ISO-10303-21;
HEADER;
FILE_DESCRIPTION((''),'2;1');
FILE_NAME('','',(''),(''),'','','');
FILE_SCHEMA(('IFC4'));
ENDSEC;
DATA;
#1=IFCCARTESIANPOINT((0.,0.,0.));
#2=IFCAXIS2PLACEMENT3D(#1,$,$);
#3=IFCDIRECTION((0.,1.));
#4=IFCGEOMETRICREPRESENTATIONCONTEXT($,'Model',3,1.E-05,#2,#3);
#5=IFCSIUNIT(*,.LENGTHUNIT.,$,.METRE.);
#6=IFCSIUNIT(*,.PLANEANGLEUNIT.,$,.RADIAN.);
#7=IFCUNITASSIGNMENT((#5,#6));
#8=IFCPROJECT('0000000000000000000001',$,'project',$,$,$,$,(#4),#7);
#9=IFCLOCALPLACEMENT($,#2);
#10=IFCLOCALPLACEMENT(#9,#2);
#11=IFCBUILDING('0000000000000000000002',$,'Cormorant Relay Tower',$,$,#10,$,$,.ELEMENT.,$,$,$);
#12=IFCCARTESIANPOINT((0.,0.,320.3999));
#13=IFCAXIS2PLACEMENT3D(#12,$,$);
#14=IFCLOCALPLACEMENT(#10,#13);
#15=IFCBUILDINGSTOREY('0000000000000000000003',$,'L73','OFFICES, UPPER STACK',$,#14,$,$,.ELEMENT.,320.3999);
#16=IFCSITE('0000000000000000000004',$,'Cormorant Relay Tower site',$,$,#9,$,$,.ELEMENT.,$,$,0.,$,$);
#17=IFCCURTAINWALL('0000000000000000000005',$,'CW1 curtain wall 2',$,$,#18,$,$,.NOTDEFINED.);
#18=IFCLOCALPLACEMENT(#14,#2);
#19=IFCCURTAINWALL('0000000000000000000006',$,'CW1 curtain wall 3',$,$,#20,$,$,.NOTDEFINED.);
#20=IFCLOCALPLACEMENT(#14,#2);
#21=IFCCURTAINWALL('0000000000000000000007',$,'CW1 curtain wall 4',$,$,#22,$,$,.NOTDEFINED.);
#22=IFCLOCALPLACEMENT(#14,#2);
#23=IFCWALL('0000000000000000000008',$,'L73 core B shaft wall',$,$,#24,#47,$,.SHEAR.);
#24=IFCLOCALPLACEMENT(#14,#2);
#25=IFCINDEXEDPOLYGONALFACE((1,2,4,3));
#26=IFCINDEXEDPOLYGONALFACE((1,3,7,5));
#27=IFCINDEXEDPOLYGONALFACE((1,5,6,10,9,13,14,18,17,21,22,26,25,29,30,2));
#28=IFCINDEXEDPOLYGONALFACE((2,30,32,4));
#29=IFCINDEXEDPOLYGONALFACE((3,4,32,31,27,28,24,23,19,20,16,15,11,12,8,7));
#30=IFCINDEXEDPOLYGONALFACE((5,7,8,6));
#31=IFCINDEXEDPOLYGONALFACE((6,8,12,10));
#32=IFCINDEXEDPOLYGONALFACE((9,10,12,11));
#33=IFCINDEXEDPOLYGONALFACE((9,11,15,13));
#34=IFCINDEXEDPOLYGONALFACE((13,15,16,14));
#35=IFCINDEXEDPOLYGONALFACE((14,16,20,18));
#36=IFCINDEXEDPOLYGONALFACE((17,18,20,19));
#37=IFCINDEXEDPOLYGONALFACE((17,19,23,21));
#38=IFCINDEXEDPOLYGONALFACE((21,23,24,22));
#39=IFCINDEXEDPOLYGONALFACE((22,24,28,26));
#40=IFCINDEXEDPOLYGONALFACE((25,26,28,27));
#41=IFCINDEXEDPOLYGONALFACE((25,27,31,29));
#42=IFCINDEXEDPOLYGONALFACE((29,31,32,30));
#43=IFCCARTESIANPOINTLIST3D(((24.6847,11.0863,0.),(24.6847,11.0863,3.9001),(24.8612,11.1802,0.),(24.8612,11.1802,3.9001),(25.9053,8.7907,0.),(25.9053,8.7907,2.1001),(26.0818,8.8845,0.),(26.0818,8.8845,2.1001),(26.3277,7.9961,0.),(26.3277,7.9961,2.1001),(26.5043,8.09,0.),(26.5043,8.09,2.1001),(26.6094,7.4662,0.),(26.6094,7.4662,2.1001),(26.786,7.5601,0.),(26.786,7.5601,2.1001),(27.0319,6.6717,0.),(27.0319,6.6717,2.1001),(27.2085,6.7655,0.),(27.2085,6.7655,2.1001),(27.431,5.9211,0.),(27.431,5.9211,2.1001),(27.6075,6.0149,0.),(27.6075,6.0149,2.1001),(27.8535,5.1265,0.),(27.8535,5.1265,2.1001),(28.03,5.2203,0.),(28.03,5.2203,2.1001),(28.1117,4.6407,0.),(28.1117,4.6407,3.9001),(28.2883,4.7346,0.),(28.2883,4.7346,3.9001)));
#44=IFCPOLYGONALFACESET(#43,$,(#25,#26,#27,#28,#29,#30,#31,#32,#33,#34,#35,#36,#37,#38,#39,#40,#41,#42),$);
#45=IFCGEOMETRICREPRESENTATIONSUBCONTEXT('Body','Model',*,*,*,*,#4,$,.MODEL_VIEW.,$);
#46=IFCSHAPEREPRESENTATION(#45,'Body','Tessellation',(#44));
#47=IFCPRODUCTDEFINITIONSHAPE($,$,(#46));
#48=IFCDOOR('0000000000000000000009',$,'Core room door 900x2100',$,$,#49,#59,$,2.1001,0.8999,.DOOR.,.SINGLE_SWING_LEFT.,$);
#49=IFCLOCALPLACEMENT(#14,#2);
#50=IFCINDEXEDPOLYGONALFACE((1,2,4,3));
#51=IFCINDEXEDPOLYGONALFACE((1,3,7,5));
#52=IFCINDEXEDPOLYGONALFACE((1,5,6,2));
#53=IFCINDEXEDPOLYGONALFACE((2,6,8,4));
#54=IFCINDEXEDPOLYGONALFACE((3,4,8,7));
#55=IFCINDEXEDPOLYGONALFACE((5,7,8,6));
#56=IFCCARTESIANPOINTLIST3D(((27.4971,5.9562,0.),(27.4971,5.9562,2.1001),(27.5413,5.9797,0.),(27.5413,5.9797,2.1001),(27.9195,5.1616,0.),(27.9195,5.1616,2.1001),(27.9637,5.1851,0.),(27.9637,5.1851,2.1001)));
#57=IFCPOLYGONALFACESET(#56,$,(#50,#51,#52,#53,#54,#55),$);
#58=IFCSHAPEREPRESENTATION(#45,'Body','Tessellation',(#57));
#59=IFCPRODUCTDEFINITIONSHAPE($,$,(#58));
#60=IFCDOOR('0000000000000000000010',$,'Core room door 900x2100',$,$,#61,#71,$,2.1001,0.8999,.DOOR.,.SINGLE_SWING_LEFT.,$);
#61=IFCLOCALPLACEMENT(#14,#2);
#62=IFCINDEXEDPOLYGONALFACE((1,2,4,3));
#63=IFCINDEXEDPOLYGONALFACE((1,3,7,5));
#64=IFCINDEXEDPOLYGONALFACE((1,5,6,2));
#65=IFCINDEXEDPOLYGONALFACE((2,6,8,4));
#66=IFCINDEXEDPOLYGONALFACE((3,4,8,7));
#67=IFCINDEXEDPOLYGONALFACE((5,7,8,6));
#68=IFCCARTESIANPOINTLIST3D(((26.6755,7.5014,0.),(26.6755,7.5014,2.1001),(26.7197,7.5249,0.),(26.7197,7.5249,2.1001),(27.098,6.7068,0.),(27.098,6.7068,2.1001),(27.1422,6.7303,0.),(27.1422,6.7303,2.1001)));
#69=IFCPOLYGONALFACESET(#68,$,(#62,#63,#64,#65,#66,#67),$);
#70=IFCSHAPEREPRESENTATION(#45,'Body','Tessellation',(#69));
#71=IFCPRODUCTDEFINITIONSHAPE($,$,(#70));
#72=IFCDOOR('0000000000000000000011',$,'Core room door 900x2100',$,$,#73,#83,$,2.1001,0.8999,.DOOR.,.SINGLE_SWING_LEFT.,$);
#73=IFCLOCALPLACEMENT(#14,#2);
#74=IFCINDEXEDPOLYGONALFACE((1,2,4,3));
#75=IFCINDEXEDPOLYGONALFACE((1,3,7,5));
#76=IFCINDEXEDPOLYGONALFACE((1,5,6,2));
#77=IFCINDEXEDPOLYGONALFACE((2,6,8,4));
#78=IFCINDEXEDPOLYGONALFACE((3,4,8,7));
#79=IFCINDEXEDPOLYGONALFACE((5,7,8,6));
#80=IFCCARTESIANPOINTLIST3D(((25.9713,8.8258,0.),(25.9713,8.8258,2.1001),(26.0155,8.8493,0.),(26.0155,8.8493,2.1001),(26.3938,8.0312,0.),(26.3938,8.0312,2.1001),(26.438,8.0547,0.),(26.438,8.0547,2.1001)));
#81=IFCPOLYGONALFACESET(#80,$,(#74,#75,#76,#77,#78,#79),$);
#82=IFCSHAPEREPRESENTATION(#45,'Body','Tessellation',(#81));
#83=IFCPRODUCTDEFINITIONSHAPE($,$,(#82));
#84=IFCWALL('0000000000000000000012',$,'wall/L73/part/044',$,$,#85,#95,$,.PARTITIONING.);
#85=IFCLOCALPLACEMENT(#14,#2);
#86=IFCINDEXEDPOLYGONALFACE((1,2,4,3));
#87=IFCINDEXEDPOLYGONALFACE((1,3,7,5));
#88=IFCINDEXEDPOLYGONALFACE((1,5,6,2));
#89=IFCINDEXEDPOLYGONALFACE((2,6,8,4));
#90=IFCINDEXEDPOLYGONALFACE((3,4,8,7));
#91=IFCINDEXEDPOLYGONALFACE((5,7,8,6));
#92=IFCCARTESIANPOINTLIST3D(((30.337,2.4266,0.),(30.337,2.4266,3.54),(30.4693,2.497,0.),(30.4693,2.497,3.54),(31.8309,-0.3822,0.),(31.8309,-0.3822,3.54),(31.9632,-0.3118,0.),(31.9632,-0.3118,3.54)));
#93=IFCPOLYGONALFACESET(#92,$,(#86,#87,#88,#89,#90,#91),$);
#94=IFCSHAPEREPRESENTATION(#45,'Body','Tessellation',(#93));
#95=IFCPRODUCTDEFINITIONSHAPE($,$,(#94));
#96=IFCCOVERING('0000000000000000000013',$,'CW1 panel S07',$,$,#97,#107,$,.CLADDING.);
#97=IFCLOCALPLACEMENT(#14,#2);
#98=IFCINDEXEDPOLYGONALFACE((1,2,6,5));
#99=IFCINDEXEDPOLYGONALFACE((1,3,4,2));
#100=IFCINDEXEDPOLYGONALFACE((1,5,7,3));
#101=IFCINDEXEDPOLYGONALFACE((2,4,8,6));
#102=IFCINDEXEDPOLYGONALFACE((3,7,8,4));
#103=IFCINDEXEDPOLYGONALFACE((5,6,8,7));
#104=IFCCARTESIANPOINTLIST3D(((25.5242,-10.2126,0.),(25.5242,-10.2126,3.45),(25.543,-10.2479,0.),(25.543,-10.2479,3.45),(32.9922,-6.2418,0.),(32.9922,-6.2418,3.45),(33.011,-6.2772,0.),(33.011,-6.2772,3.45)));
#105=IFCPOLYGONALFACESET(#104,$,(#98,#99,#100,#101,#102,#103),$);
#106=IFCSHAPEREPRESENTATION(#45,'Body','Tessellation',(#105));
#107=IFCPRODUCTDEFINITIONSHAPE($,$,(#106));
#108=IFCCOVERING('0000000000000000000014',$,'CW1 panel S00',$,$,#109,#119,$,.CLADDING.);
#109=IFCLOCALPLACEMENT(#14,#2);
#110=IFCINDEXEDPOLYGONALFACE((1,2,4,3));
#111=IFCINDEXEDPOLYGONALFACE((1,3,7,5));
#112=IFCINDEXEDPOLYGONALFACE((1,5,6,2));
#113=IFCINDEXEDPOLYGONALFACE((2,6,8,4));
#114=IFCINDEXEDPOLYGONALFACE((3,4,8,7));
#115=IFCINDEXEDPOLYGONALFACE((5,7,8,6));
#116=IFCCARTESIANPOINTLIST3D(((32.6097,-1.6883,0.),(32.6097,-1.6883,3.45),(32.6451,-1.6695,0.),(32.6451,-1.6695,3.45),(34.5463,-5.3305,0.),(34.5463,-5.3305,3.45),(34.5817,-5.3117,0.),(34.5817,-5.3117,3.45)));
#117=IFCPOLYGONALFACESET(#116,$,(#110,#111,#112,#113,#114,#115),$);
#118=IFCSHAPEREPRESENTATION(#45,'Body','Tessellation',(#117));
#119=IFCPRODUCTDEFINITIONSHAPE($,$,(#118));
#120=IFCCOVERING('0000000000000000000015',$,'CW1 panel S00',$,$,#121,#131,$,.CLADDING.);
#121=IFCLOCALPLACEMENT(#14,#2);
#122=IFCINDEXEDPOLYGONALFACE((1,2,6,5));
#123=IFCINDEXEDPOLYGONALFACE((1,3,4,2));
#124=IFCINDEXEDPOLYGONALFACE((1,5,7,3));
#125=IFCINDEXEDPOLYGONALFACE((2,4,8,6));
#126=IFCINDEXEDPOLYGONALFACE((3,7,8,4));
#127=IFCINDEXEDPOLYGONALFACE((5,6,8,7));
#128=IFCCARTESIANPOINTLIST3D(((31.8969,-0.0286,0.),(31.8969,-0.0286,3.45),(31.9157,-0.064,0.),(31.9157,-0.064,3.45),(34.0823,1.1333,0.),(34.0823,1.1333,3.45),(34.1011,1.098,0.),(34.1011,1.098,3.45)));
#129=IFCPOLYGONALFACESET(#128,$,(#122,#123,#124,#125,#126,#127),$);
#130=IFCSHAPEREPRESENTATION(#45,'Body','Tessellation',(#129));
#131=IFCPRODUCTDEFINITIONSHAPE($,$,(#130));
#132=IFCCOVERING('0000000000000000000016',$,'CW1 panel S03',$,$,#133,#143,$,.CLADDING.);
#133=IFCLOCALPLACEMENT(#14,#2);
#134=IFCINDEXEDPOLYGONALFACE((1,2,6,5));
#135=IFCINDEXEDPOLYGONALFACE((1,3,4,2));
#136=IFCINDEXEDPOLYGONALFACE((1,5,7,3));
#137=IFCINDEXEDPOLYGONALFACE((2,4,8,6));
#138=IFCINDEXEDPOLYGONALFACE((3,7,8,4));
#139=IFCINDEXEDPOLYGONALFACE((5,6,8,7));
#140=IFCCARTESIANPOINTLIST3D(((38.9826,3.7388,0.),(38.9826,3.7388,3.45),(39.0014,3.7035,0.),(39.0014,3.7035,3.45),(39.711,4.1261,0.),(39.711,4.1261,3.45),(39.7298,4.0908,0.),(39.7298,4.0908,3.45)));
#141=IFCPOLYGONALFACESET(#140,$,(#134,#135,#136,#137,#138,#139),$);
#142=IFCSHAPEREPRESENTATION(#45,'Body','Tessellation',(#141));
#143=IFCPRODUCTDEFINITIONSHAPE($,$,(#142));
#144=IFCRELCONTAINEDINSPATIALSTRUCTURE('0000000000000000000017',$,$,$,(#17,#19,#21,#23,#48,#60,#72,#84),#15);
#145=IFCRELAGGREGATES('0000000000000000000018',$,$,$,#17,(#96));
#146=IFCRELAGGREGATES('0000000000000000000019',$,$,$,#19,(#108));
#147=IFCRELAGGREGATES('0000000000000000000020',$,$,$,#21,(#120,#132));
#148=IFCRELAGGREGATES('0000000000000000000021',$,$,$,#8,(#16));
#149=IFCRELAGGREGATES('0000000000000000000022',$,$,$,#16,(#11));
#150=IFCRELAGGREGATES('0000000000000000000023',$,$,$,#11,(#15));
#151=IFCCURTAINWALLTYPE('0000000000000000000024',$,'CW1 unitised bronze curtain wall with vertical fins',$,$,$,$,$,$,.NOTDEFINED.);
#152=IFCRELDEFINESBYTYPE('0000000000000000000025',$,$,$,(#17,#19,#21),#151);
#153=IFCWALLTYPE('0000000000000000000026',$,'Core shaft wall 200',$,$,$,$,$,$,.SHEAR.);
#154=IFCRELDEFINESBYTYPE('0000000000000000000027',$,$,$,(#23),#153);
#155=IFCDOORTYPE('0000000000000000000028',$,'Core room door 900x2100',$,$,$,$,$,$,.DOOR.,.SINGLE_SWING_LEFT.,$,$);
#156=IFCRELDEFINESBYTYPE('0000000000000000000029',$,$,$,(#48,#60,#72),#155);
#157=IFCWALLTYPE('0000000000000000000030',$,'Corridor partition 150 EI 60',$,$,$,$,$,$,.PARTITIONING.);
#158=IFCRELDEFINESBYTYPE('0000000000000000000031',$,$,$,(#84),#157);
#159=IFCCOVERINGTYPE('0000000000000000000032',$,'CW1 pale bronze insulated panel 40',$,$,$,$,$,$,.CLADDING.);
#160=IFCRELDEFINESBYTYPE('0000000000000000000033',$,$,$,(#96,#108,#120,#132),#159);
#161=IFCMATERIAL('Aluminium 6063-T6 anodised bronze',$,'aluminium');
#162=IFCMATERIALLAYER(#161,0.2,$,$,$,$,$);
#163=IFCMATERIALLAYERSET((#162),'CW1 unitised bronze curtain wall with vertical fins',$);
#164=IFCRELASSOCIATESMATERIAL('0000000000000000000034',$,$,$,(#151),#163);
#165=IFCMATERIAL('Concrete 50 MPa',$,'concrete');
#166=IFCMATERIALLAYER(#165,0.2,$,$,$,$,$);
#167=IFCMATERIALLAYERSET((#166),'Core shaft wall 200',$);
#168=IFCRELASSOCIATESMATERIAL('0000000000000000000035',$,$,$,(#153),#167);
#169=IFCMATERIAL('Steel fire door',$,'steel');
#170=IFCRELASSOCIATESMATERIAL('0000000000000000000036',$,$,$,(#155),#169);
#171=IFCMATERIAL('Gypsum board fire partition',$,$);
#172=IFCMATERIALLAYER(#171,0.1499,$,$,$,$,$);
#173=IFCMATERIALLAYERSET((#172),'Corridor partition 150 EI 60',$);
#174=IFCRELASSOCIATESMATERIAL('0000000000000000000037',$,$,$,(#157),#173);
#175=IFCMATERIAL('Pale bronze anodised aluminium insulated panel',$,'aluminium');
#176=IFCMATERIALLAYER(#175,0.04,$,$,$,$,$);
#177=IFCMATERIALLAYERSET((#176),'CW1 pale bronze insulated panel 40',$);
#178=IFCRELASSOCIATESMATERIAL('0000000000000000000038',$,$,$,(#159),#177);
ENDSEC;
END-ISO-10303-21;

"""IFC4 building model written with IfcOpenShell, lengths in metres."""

from ifc_helpers import new_model, si_unit, direction, frame, frame_2d, origin, origin_2d, place, context, subcontext, project, spatial, rectangle, extrude, material, layer, layer_set, type_object, element, fill, aggregate, save


model = new_model("IFC4")

# Units and contexts
model_context = context("Model", 3, precision=1e-05, world=origin(), true_north=direction((0.0, 1.0)))
body_context = subcontext(model_context, "Body", "Model", "MODEL_VIEW")
ifc_project = project(units=[si_unit("LENGTHUNIT", "METRE"), si_unit("PLANEANGLEUNIT", "RADIAN")], contexts=[model_context])

# Site, building, storey
site_placement = place(None, origin())
site = spatial("IfcSite", under=ifc_project, at=site_placement, Name="Cormorant Relay Tower site", CompositionType="ELEMENT", RefElevation=0.0)
building_placement = place(site_placement, origin())
building = spatial("IfcBuilding", under=site, at=building_placement, Name="Cormorant Relay Tower", CompositionType="ELEMENT")
storey_placement = place(building_placement, frame((0.0, 0.0, 320.3999)))
storey = spatial("IfcBuildingStorey", under=building, at=storey_placement, Name="L73", Description="OFFICES, UPPER STACK", CompositionType="ELEMENT", Elevation=320.3999)

# Curtain wall
ifc_material_1 = material(Name="Aluminium 6063-T6 anodised bronze", Category="aluminium")
ifc_layer_1 = layer(ifc_material_1, 0.2)
ifc_layer_set_1 = layer_set([ifc_layer_1], Name="CW1 unitised bronze curtain wall with vertical fins")
curtain_wall_type = type_object("IfcCurtainWallType", Name="CW1 unitised bronze curtain wall with vertical fins", PredefinedType="NOTDEFINED", material=ifc_layer_set_1)
curtain_wall_1_placement = place(storey_placement, origin())
curtain_wall_1 = element("IfcCurtainWall", 1, at=curtain_wall_1_placement, inside=storey, type_object=curtain_wall_type, Name="CW1 curtain wall 2", PredefinedType="NOTDEFINED")

# Curtain wall
curtain_wall_2_placement = place(storey_placement, origin())
curtain_wall_2 = element("IfcCurtainWall", 2, at=curtain_wall_2_placement, inside=storey, type_object=curtain_wall_type, Name="CW1 curtain wall 3", PredefinedType="NOTDEFINED")

# Curtain wall
curtain_wall_3_placement = place(storey_placement, origin())
curtain_wall_3 = element("IfcCurtainWall", 3, at=curtain_wall_3_placement, inside=storey, type_object=curtain_wall_type, Name="CW1 curtain wall 4", PredefinedType="NOTDEFINED")

# Shared definitions
ifc_material_2 = material(Name="Concrete 50 MPa", Category="concrete")
ifc_layer_2 = layer(ifc_material_2, 0.2)
ifc_layer_set_2 = layer_set([ifc_layer_2], Name="Core shaft wall 200")
wall_type_1 = type_object("IfcWallType", Name="Core shaft wall 200", PredefinedType="SHEAR", material=ifc_layer_set_2)

# Wall, openings, doors
wall_1_placement = place(storey_placement, frame((28.2, 4.6877, 0.0), z_axis=(0.0, 0.0, 1.0), x_axis=(-0.469454, 0.882957, 0.0)))
wall_1 = element("IfcWall", 4, at=wall_1_placement, inside=storey, type_object=wall_type_1, Name="L73 core B shaft wall", PredefinedType="SHEAR", context=body_context, shape_type="SweptSolid", body=[
    extrude(rectangle(XDim=7.3, YDim=0.2, at=frame_2d((3.6499, 0.0))), origin(), (0.0, 0.0, 1.0), 3.9001),
])
opening_1_placement = place(wall_1_placement, frame((0.55, 0.0, 0.0)))
opening_1 = element("IfcOpeningElement", 5, at=opening_1_placement, cuts=wall_1, PredefinedType="OPENING", context=body_context, shape_type="SweptSolid", body=[
    extrude(rectangle(XDim=0.8999, YDim=2.1001, at=frame_2d((0.45, 1.05))), frame((0.0, 0.1099, 0.0), z_axis=(0.0, -1.0, 0.0), x_axis=(1.0, 0.0, 0.0)), (0.0, 0.0, 1.0), 0.22),
])
opening_2_placement = place(wall_1_placement, frame((2.3, 0.0, 0.0)))
opening_2 = element("IfcOpeningElement", 6, at=opening_2_placement, cuts=wall_1, PredefinedType="OPENING", context=body_context, shape_type="SweptSolid", body=[
    extrude(rectangle(XDim=0.8999, YDim=2.1001, at=frame_2d((0.45, 1.05))), frame((0.0, 0.1099, 0.0), z_axis=(0.0, -1.0, 0.0), x_axis=(1.0, 0.0, 0.0)), (0.0, 0.0, 1.0), 0.22),
])
opening_3_placement = place(wall_1_placement, frame((3.8, 0.0, 0.0)))
opening_3 = element("IfcOpeningElement", 7, at=opening_3_placement, cuts=wall_1, PredefinedType="OPENING", context=body_context, shape_type="SweptSolid", body=[
    extrude(rectangle(XDim=0.8999, YDim=2.1001, at=frame_2d((0.45, 1.05))), frame((0.0, 0.1099, 0.0), z_axis=(0.0, -1.0, 0.0), x_axis=(1.0, 0.0, 0.0)), (0.0, 0.0, 1.0), 0.22),
])
ifc_material_3 = material(Name="Steel fire door", Category="steel")
door_type_1 = type_object("IfcDoorType", Name="Core room door 900x2100", OperationType="SINGLE_SWING_LEFT", PredefinedType="DOOR", material=ifc_material_3)
door_1_placement = place(opening_1_placement, frame((0.8999, 0.0, 0.0), z_axis=(0.0, 0.0, 1.0), x_axis=(-1.0, 0.0, 0.0)))
door_1 = element("IfcDoor", 8, at=door_1_placement, inside=storey, type_object=door_type_1, Name="Core room door 900x2100", OperationType="SINGLE_SWING_LEFT", OverallHeight=2.1001, OverallWidth=0.8999, PredefinedType="DOOR", context=body_context, shape_type="SweptSolid", body=[
    extrude(rectangle(XDim=0.8999, YDim=2.1001, at=frame_2d((0.45, 1.05))), frame((0.0, 0.0249, 0.0), z_axis=(0.0, -1.0, 0.0), x_axis=(1.0, 0.0, 0.0)), (0.0, 0.0, 1.0), 0.05),
])
fill(opening_1, door_1)
door_2_placement = place(opening_2_placement, frame((0.8999, 0.0, 0.0), z_axis=(0.0, 0.0, 1.0), x_axis=(-1.0, 0.0, 0.0)))
door_2 = element("IfcDoor", 9, at=door_2_placement, inside=storey, type_object=door_type_1, Name="Core room door 900x2100", OperationType="SINGLE_SWING_LEFT", OverallHeight=2.1001, OverallWidth=0.8999, PredefinedType="DOOR", context=body_context, shape_type="SweptSolid", body=[
    extrude(rectangle(XDim=0.8999, YDim=2.1001, at=frame_2d((0.45, 1.05))), frame((0.0, 0.0249, 0.0), z_axis=(0.0, -1.0, 0.0), x_axis=(1.0, 0.0, 0.0)), (0.0, 0.0, 1.0), 0.05),
])
fill(opening_2, door_2)
door_3_placement = place(opening_3_placement, frame((0.8999, 0.0, 0.0), z_axis=(0.0, 0.0, 1.0), x_axis=(-1.0, 0.0, 0.0)))
door_3 = element("IfcDoor", 10, at=door_3_placement, inside=storey, type_object=door_type_1, Name="Core room door 900x2100", OperationType="SINGLE_SWING_LEFT", OverallHeight=2.1001, OverallWidth=0.8999, PredefinedType="DOOR", context=body_context, shape_type="SweptSolid", body=[
    extrude(rectangle(XDim=0.8999, YDim=2.1001, at=frame_2d((0.45, 1.05))), frame((0.0, 0.0249, 0.0), z_axis=(0.0, -1.0, 0.0), x_axis=(1.0, 0.0, 0.0)), (0.0, 0.0, 1.0), 0.05),
])
fill(opening_3, door_3)

# Wall
ifc_material_4 = material(Name="Gypsum board fire partition")
ifc_layer_3 = layer(ifc_material_4, 0.1499)
ifc_layer_set_3 = layer_set([ifc_layer_3], Name="Corridor partition 150 EI 60")
wall_type_2 = type_object("IfcWallType", Name="Corridor partition 150 EI 60", PredefinedType="PARTITIONING", material=ifc_layer_set_3)
wall_2_placement = place(storey_placement, frame((30.4031, 2.4619, 0.0), z_axis=(0.0, 0.0, 1.0), x_axis=(0.469572, -0.882894, 0.0)))
element("IfcWall", 11, at=wall_2_placement, inside=storey, type_object=wall_type_2, Name="wall/L73/part/044", PredefinedType="PARTITIONING", context=body_context, shape_type="SweptSolid", body=[
    extrude(rectangle(XDim=3.1814, YDim=0.1499, at=frame_2d((1.5908, 0.0))), origin(), (0.0, 0.0, 1.0), 3.54),
])

# Coverings
ifc_material_5 = material(Name="Pale bronze anodised aluminium insulated panel", Category="aluminium")
ifc_layer_4 = layer(ifc_material_5, 0.04)
ifc_layer_set_4 = layer_set([ifc_layer_4], Name="CW1 pale bronze insulated panel 40")
covering_type = type_object("IfcCoveringType", Name="CW1 pale bronze insulated panel 40", PredefinedType="CLADDING", material=ifc_layer_set_4)
covering_1_placement = place(storey_placement, frame((29.2676, -8.2449, 0.0), z_axis=(0.0, 0.0, 1.0), x_axis=(0.882948, 0.469472, 0.0)))
covering_1 = element("IfcCovering", 12, at=covering_1_placement, type_object=covering_type, Name="CW1 panel S07", PredefinedType="CLADDING", context=body_context, shape_type="SweptSolid", body=[
    extrude(rectangle(XDim=8.458, YDim=0.04, at=origin_2d()), origin(), (0.0, 0.0, 1.0), 3.45),
])
aggregate(curtain_wall_1, [covering_1])
covering_2_placement = place(storey_placement, frame((33.5957, -3.5, 0.0), z_axis=(0.0, 0.0, 1.0), x_axis=(-0.469472, 0.882948, 0.0)))
covering_2 = element("IfcCovering", 13, at=covering_2_placement, type_object=covering_type, Name="CW1 panel S00", PredefinedType="CLADDING", context=body_context, shape_type="SweptSolid", body=[
    extrude(rectangle(XDim=4.125, YDim=0.04, at=origin_2d()), origin(), (0.0, 0.0, 1.0), 3.45),
])
aggregate(curtain_wall_2, [covering_2])
covering_3_placement = place(storey_placement, frame((32.999, 0.5347, 0.0), z_axis=(0.0, 0.0, 1.0), x_axis=(0.882948, 0.469472, 0.0)))
covering_3 = element("IfcCovering", 14, at=covering_3_placement, type_object=covering_type, Name="CW1 panel S00", PredefinedType="CLADDING", context=body_context, shape_type="SweptSolid", body=[
    extrude(rectangle(XDim=2.4751, YDim=0.04, at=origin_2d()), origin(), (0.0, 0.0, 1.0), 3.45),
])
covering_4_placement = place(storey_placement, frame((39.3562, 3.9148, 0.0), z_axis=(0.0, 0.0, 1.0), x_axis=(0.882948, 0.469472, 0.0)))
covering_4 = element("IfcCovering", 15, at=covering_4_placement, type_object=covering_type, Name="CW1 panel S03", PredefinedType="CLADDING", context=body_context, shape_type="SweptSolid", body=[
    extrude(rectangle(XDim=0.825, YDim=0.04, at=origin_2d()), origin(), (0.0, 0.0, 1.0), 3.45),
])
aggregate(curtain_wall_3, [covering_3, covering_4])

save(model, "model.ifc")
